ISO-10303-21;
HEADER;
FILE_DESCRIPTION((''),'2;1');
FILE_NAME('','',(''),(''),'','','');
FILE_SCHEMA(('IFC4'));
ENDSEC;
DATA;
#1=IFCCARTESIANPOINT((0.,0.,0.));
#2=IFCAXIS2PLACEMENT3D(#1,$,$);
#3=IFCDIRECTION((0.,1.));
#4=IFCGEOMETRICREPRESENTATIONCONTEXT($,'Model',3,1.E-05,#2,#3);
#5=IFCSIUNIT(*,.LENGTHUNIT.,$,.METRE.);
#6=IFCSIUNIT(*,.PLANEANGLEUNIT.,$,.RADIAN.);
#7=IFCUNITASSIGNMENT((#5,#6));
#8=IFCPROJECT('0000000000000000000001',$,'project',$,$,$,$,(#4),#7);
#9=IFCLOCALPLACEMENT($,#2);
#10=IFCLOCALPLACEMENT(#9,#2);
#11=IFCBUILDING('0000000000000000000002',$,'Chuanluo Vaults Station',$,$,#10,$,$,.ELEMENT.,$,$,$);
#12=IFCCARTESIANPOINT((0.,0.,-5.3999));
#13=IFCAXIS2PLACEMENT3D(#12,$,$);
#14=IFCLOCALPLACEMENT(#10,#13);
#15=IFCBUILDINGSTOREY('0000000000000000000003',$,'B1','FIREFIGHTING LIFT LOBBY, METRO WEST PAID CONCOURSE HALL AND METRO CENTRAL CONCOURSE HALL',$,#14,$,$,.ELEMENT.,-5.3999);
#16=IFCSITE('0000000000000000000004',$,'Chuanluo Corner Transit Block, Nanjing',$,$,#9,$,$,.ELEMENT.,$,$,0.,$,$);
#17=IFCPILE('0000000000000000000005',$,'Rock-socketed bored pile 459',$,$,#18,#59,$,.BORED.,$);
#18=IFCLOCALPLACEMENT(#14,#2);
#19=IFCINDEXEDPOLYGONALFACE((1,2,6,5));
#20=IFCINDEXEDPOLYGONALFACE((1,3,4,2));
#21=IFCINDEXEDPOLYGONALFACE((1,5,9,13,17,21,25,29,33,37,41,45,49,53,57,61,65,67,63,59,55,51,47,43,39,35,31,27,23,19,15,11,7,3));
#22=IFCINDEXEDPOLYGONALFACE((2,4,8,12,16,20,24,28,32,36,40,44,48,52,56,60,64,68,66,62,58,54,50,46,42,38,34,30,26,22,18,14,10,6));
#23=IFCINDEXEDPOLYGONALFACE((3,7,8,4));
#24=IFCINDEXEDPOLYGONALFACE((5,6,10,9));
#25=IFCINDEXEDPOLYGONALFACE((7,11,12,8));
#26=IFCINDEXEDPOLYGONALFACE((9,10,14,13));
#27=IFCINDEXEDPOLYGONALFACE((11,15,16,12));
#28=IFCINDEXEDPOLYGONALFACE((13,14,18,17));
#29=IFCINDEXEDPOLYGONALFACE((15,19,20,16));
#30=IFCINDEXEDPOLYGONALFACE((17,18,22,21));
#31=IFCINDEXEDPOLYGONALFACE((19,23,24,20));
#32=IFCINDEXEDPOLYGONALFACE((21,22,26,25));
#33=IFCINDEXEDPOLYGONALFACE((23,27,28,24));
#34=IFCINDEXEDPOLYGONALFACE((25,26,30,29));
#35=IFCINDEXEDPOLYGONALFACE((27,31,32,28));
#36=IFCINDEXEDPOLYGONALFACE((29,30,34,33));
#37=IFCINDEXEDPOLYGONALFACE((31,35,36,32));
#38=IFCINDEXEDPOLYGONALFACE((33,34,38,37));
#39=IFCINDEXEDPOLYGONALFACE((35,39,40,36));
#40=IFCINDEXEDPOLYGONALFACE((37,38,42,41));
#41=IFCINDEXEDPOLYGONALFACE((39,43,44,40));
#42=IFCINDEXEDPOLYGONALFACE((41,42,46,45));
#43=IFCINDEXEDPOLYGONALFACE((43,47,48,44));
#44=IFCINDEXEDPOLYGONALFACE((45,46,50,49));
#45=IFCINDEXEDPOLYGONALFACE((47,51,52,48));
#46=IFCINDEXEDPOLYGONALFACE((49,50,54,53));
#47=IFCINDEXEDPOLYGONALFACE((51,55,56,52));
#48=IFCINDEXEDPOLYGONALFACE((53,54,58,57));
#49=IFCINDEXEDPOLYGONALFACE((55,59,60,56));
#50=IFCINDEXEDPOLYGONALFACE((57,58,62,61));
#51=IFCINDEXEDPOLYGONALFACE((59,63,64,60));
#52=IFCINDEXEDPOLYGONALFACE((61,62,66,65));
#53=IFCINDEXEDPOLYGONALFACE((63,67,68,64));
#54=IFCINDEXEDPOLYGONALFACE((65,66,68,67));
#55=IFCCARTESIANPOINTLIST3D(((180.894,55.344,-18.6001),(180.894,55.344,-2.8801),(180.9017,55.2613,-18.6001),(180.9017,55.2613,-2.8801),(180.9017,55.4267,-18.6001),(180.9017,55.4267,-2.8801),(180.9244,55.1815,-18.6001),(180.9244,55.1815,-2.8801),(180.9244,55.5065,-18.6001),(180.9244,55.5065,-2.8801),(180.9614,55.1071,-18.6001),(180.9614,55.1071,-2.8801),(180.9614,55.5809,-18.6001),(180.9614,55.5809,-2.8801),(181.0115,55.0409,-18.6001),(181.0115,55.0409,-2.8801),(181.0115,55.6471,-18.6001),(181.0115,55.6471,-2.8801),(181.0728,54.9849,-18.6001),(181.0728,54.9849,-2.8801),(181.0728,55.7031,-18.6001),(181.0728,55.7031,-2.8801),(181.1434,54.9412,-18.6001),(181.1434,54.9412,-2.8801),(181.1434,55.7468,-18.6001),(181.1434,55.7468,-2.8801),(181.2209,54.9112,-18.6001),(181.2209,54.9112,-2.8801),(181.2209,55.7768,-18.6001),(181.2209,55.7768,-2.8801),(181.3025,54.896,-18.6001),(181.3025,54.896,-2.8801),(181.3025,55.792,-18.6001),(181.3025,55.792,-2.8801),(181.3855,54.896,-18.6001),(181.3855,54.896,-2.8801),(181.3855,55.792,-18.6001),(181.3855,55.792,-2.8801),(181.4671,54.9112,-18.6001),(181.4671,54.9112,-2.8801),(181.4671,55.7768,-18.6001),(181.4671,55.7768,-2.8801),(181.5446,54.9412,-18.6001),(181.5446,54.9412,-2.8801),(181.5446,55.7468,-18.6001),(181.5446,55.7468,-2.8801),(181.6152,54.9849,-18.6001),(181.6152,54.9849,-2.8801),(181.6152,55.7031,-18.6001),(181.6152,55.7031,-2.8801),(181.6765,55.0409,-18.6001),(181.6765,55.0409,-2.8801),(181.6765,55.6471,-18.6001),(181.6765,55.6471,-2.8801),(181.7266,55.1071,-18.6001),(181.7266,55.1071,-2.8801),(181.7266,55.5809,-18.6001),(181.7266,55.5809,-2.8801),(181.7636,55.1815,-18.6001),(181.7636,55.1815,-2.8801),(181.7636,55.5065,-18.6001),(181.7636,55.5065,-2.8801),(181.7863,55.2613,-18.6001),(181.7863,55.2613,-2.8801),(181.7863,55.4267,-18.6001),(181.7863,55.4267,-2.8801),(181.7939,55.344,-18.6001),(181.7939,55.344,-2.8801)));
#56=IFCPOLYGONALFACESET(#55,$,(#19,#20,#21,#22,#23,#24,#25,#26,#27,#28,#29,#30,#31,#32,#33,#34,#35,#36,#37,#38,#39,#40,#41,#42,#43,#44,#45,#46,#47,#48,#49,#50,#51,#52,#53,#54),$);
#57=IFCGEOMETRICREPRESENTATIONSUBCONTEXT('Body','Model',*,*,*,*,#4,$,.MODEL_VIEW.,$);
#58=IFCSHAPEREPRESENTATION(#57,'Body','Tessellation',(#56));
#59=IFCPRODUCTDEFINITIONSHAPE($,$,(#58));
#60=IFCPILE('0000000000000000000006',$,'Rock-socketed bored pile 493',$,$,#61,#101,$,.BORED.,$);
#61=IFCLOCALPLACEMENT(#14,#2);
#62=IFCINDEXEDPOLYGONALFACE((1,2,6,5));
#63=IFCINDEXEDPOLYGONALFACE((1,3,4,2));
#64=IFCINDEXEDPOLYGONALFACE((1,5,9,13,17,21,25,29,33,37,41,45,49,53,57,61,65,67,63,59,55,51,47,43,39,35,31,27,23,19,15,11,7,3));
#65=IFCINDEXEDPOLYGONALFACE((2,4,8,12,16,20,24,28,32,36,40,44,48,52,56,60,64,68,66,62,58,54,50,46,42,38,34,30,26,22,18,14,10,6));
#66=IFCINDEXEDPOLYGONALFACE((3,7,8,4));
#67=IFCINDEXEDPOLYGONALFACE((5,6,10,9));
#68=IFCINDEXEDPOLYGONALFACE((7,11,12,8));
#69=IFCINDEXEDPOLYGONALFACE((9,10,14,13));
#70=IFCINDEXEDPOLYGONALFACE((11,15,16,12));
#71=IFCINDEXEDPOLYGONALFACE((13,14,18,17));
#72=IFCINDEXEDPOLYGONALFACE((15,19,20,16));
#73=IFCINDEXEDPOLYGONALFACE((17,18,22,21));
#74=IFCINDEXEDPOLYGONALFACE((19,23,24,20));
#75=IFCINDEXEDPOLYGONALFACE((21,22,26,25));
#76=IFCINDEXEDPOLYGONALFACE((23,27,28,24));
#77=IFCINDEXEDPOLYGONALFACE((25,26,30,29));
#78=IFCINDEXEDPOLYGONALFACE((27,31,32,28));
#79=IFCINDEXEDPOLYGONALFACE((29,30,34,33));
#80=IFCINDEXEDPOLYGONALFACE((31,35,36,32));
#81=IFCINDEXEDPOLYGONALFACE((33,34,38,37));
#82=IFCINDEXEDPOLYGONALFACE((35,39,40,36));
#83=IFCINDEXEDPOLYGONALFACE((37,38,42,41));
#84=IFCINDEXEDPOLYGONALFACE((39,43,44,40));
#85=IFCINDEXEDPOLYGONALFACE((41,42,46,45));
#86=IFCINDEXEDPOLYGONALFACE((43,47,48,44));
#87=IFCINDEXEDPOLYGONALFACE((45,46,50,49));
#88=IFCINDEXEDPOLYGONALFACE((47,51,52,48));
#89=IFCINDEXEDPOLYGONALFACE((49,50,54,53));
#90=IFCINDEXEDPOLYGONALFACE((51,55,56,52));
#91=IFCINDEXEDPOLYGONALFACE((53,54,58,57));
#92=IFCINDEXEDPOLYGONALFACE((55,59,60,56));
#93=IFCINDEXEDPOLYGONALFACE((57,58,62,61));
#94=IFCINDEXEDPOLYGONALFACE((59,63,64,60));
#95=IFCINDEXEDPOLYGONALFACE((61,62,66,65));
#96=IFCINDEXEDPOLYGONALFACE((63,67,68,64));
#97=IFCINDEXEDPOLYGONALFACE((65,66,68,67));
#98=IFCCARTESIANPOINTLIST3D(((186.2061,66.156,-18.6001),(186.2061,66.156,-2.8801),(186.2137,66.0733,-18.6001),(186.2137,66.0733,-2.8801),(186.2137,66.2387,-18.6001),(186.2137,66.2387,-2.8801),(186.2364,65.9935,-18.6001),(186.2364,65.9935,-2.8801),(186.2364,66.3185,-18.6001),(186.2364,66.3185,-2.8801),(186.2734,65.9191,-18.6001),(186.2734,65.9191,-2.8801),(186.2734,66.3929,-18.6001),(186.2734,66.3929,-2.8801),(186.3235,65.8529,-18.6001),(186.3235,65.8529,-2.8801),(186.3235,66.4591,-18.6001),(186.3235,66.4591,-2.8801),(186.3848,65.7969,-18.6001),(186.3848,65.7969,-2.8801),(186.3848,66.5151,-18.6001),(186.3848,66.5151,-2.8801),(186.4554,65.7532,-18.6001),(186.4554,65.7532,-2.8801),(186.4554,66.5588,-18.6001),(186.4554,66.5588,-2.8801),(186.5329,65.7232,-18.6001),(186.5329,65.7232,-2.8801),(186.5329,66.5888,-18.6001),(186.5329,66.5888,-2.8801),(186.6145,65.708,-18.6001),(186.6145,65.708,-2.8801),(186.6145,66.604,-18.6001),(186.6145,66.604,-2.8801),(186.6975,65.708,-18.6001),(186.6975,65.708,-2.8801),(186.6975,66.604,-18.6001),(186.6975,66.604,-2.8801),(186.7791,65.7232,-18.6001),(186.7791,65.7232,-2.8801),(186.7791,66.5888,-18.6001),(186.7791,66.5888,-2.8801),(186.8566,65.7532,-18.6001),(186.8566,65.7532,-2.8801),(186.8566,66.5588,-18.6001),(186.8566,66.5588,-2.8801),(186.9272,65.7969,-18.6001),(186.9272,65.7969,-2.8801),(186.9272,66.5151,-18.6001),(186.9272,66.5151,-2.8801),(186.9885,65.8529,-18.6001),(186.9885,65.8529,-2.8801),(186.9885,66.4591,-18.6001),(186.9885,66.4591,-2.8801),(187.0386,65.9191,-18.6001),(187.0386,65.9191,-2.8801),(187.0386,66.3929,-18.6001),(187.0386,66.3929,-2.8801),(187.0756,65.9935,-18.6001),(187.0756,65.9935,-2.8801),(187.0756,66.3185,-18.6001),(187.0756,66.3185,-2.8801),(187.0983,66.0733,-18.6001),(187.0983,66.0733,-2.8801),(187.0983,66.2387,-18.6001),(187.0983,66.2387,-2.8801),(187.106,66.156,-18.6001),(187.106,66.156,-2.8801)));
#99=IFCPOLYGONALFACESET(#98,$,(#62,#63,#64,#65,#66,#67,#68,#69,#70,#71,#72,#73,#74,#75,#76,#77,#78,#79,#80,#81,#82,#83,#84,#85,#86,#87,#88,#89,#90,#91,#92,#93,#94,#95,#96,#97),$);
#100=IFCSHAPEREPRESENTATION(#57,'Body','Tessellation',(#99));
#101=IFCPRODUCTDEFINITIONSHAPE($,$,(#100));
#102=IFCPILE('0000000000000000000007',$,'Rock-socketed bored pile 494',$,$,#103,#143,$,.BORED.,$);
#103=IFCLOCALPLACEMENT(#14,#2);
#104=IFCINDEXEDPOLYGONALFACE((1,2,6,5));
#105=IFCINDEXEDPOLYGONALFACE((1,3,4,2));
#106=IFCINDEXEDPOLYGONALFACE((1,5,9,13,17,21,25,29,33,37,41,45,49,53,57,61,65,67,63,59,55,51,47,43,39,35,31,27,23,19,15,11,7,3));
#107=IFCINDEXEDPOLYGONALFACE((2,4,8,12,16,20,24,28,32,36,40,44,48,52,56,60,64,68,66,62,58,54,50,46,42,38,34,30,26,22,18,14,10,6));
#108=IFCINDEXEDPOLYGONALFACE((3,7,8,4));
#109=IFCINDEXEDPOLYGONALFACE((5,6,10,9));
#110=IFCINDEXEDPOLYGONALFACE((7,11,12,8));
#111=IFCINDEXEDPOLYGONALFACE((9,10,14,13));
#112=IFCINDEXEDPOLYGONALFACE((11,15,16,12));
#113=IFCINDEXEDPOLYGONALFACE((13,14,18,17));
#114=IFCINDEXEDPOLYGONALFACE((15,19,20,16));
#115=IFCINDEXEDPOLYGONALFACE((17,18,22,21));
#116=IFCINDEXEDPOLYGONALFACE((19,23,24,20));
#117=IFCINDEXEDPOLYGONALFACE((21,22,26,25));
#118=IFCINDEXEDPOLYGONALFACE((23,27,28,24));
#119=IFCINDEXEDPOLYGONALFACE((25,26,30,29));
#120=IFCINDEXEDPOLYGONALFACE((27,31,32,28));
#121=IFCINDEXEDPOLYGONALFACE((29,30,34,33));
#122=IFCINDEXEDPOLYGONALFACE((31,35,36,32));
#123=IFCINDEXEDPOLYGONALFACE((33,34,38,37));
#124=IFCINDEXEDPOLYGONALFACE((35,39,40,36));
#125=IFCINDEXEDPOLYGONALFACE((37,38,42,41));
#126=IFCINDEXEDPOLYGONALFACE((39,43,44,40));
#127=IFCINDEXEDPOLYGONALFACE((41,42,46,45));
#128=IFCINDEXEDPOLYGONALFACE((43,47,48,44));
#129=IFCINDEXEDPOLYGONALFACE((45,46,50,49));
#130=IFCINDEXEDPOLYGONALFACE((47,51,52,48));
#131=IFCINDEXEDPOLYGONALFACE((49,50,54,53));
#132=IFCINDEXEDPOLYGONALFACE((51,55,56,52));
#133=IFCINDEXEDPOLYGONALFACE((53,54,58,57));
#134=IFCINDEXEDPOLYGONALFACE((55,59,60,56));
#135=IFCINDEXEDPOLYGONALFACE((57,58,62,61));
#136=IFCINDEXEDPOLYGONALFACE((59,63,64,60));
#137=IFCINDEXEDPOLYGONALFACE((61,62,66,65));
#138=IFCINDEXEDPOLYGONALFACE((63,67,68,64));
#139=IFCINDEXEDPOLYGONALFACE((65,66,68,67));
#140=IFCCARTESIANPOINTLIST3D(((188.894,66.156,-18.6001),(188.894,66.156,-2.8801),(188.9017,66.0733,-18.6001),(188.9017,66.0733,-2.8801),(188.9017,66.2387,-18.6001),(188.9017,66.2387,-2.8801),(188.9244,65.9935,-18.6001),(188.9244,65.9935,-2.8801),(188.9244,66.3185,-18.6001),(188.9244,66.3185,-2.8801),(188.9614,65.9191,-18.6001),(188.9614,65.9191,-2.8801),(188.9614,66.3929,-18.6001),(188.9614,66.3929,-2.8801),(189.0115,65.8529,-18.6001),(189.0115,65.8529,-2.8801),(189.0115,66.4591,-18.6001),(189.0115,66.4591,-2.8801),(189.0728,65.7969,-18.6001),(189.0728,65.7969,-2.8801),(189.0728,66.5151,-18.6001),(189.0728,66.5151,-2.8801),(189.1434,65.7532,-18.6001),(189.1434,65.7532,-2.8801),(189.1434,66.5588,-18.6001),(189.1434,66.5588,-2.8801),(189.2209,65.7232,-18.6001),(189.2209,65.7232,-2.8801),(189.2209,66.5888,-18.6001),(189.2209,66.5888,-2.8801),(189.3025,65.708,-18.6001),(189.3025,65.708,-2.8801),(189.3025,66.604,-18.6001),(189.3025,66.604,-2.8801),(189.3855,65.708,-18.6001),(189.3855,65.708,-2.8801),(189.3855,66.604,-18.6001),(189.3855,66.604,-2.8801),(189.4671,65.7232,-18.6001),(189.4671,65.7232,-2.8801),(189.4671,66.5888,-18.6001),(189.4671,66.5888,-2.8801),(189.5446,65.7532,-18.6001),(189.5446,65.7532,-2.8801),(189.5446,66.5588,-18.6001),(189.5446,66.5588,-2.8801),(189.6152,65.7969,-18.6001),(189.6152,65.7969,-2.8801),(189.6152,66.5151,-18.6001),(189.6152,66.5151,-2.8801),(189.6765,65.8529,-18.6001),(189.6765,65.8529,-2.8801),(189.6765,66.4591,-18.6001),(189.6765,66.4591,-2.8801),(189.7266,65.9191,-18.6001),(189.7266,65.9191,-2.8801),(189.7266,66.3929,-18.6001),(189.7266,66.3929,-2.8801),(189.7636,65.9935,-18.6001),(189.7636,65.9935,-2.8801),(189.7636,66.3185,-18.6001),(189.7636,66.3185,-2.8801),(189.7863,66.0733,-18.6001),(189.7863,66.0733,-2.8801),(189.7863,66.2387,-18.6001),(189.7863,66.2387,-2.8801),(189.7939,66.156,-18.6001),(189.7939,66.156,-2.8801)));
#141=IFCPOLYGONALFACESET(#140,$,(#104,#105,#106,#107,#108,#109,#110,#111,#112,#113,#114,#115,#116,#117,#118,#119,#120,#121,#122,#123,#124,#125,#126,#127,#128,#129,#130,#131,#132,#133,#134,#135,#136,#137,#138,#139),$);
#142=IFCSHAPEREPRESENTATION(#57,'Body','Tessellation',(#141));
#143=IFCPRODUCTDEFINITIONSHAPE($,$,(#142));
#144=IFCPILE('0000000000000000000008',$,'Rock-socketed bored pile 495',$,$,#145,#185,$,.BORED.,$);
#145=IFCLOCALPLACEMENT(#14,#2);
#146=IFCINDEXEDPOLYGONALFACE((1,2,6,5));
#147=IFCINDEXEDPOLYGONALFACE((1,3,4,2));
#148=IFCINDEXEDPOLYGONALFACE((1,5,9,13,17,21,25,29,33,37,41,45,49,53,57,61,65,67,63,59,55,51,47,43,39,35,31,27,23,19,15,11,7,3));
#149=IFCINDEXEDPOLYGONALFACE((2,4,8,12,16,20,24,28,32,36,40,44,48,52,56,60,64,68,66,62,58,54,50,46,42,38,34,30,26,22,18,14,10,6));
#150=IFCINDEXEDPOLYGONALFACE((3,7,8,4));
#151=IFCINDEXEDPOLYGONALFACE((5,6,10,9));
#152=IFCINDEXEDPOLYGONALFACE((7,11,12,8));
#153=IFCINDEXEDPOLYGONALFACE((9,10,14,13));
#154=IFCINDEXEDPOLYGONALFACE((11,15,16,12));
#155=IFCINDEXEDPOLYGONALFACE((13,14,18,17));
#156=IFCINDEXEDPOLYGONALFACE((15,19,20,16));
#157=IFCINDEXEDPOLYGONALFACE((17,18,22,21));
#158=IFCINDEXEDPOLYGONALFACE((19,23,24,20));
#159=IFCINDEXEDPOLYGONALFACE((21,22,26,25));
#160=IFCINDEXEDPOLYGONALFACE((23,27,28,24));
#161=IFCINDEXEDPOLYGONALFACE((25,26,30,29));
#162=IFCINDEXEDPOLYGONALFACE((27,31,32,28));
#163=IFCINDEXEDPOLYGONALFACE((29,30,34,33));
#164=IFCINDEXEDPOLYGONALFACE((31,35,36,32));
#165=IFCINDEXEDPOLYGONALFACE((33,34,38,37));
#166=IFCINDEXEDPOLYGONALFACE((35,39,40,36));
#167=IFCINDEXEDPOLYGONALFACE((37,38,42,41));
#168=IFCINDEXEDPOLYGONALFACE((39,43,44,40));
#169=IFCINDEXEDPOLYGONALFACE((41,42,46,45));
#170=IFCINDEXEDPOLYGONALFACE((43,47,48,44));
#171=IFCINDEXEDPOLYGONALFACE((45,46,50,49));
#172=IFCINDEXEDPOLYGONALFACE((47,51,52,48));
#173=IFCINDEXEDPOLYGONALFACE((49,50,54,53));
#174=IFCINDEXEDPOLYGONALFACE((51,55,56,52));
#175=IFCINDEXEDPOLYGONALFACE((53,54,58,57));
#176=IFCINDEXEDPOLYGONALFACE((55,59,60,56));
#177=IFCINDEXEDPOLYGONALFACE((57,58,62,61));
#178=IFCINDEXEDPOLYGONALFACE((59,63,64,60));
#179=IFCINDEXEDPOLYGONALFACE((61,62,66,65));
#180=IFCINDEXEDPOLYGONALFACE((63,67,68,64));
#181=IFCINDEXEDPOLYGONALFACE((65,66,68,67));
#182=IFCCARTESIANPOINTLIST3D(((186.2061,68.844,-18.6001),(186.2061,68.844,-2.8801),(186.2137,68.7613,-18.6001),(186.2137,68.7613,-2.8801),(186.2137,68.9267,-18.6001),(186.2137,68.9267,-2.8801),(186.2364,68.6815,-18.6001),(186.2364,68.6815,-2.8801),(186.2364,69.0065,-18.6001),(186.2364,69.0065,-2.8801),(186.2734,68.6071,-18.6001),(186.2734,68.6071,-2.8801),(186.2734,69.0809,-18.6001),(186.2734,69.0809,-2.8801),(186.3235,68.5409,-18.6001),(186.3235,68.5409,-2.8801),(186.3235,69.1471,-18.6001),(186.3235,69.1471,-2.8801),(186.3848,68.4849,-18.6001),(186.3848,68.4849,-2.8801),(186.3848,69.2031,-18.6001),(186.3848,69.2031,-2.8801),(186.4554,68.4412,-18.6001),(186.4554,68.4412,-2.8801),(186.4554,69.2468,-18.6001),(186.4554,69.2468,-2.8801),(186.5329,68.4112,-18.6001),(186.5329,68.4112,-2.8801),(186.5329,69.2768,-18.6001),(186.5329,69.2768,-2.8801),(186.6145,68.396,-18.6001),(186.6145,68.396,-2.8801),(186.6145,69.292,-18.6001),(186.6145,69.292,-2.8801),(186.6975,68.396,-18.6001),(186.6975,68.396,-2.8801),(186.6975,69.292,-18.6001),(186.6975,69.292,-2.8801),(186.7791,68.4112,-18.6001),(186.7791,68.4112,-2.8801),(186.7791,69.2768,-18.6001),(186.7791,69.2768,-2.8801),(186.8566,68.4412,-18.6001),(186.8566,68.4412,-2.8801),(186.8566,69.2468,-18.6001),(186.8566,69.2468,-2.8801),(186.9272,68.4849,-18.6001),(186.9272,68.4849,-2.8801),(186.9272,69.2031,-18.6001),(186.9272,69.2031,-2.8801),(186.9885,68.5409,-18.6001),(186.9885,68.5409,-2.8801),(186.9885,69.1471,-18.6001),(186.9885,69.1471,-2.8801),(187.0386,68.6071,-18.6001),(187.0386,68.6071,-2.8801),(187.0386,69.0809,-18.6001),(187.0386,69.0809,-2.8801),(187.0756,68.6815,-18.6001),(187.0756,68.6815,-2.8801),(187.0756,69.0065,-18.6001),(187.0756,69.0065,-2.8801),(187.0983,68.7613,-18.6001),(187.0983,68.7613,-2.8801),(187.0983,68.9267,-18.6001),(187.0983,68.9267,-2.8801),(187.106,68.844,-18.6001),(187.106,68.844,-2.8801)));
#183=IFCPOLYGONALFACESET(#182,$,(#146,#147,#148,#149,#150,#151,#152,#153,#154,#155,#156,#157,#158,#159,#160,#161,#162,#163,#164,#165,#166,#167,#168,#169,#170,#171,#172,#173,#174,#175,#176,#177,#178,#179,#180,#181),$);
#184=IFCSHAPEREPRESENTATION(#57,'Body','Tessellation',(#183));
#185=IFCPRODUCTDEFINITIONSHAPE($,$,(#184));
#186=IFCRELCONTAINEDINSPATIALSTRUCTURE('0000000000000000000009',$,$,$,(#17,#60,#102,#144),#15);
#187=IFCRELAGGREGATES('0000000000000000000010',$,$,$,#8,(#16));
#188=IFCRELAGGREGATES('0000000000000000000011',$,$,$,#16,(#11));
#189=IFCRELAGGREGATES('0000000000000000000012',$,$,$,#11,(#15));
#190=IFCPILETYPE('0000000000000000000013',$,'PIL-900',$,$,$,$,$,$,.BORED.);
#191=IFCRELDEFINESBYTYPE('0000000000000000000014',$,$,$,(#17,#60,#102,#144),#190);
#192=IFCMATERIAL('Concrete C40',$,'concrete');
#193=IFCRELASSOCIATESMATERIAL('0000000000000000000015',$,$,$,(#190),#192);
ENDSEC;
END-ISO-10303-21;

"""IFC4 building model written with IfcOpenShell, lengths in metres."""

from ifc_helpers import new_model, si_unit, direction, frame, origin, origin_2d, place, context, subcontext, project, spatial, circle, extrude, material, material_profile, profile_set, type_object, element, save


model = new_model("IFC4")

# Units and contexts
model_context = context("Model", 3, precision=1e-05, world=origin(), true_north=direction((0.0, 1.0)))
body_context = subcontext(model_context, "Body", "Model", "MODEL_VIEW")
ifc_project = project(units=[si_unit("LENGTHUNIT", "METRE"), si_unit("PLANEANGLEUNIT", "RADIAN")], contexts=[model_context])

# Site, building, storey
site_placement = place(None, origin())
site = spatial("IfcSite", under=ifc_project, at=site_placement, Name="Chuanluo Corner Transit Block, Nanjing", CompositionType="ELEMENT", RefElevation=0.0)
building_placement = place(site_placement, origin())
building = spatial("IfcBuilding", under=site, at=building_placement, Name="Chuanluo Vaults Station", CompositionType="ELEMENT")
storey_placement = place(building_placement, frame((0.0, 0.0, -5.3999)))
storey = spatial("IfcBuildingStorey", under=building, at=storey_placement, Name="B1", Description="FIREFIGHTING LIFT LOBBY, METRO WEST PAID CONCOURSE HALL AND METRO CENTRAL CONCOURSE HALL", CompositionType="ELEMENT", Elevation=-5.3999)

# Piles
ifc_material_1 = material(Name="Concrete C40", Category="concrete")
ifc_material_profile_1 = material_profile(ifc_material_1, circle(Radius=0.45, at=origin_2d()))
ifc_profile_set_1 = profile_set([ifc_material_profile_1], Name="Concrete C40")
pile_type_1 = type_object("IfcPileType", Name="PIL-900", PredefinedType="BORED", material=ifc_profile_set_1)
for number, where, z_axis, x_axis, name in (
    (1, (181.344, 55.344, -2.8801), (0.0, 0.0, -1.0), (1.0, 0.0, 0.0), "Rock-socketed bored pile 459"),
    (2, (186.656, 66.156, -2.8801), (0.0, 0.0, -1.0), (1.0, 0.0, 0.0), "Rock-socketed bored pile 493"),
    (3, (189.344, 66.156, -2.8801), (0.0, 0.0, -1.0), (1.0, 0.0, 0.0), "Rock-socketed bored pile 494"),
    (4, (186.656, 68.844, -2.8801), (0.0, 0.0, -1.0), (1.0, 0.0, 0.0), "Rock-socketed bored pile 495"),
):
    element("IfcPile", number, at=place(storey_placement, frame(where, z_axis=z_axis, x_axis=x_axis)), inside=storey, type_object=pile_type_1, Name=name, PredefinedType="BORED", context=body_context, shape_type="SweptSolid", body=[
        extrude(circle(Radius=0.45, at=origin_2d()), origin(), (0.0, 0.0, 1.0), 15.72),
    ])

save(model, "model.ifc")
